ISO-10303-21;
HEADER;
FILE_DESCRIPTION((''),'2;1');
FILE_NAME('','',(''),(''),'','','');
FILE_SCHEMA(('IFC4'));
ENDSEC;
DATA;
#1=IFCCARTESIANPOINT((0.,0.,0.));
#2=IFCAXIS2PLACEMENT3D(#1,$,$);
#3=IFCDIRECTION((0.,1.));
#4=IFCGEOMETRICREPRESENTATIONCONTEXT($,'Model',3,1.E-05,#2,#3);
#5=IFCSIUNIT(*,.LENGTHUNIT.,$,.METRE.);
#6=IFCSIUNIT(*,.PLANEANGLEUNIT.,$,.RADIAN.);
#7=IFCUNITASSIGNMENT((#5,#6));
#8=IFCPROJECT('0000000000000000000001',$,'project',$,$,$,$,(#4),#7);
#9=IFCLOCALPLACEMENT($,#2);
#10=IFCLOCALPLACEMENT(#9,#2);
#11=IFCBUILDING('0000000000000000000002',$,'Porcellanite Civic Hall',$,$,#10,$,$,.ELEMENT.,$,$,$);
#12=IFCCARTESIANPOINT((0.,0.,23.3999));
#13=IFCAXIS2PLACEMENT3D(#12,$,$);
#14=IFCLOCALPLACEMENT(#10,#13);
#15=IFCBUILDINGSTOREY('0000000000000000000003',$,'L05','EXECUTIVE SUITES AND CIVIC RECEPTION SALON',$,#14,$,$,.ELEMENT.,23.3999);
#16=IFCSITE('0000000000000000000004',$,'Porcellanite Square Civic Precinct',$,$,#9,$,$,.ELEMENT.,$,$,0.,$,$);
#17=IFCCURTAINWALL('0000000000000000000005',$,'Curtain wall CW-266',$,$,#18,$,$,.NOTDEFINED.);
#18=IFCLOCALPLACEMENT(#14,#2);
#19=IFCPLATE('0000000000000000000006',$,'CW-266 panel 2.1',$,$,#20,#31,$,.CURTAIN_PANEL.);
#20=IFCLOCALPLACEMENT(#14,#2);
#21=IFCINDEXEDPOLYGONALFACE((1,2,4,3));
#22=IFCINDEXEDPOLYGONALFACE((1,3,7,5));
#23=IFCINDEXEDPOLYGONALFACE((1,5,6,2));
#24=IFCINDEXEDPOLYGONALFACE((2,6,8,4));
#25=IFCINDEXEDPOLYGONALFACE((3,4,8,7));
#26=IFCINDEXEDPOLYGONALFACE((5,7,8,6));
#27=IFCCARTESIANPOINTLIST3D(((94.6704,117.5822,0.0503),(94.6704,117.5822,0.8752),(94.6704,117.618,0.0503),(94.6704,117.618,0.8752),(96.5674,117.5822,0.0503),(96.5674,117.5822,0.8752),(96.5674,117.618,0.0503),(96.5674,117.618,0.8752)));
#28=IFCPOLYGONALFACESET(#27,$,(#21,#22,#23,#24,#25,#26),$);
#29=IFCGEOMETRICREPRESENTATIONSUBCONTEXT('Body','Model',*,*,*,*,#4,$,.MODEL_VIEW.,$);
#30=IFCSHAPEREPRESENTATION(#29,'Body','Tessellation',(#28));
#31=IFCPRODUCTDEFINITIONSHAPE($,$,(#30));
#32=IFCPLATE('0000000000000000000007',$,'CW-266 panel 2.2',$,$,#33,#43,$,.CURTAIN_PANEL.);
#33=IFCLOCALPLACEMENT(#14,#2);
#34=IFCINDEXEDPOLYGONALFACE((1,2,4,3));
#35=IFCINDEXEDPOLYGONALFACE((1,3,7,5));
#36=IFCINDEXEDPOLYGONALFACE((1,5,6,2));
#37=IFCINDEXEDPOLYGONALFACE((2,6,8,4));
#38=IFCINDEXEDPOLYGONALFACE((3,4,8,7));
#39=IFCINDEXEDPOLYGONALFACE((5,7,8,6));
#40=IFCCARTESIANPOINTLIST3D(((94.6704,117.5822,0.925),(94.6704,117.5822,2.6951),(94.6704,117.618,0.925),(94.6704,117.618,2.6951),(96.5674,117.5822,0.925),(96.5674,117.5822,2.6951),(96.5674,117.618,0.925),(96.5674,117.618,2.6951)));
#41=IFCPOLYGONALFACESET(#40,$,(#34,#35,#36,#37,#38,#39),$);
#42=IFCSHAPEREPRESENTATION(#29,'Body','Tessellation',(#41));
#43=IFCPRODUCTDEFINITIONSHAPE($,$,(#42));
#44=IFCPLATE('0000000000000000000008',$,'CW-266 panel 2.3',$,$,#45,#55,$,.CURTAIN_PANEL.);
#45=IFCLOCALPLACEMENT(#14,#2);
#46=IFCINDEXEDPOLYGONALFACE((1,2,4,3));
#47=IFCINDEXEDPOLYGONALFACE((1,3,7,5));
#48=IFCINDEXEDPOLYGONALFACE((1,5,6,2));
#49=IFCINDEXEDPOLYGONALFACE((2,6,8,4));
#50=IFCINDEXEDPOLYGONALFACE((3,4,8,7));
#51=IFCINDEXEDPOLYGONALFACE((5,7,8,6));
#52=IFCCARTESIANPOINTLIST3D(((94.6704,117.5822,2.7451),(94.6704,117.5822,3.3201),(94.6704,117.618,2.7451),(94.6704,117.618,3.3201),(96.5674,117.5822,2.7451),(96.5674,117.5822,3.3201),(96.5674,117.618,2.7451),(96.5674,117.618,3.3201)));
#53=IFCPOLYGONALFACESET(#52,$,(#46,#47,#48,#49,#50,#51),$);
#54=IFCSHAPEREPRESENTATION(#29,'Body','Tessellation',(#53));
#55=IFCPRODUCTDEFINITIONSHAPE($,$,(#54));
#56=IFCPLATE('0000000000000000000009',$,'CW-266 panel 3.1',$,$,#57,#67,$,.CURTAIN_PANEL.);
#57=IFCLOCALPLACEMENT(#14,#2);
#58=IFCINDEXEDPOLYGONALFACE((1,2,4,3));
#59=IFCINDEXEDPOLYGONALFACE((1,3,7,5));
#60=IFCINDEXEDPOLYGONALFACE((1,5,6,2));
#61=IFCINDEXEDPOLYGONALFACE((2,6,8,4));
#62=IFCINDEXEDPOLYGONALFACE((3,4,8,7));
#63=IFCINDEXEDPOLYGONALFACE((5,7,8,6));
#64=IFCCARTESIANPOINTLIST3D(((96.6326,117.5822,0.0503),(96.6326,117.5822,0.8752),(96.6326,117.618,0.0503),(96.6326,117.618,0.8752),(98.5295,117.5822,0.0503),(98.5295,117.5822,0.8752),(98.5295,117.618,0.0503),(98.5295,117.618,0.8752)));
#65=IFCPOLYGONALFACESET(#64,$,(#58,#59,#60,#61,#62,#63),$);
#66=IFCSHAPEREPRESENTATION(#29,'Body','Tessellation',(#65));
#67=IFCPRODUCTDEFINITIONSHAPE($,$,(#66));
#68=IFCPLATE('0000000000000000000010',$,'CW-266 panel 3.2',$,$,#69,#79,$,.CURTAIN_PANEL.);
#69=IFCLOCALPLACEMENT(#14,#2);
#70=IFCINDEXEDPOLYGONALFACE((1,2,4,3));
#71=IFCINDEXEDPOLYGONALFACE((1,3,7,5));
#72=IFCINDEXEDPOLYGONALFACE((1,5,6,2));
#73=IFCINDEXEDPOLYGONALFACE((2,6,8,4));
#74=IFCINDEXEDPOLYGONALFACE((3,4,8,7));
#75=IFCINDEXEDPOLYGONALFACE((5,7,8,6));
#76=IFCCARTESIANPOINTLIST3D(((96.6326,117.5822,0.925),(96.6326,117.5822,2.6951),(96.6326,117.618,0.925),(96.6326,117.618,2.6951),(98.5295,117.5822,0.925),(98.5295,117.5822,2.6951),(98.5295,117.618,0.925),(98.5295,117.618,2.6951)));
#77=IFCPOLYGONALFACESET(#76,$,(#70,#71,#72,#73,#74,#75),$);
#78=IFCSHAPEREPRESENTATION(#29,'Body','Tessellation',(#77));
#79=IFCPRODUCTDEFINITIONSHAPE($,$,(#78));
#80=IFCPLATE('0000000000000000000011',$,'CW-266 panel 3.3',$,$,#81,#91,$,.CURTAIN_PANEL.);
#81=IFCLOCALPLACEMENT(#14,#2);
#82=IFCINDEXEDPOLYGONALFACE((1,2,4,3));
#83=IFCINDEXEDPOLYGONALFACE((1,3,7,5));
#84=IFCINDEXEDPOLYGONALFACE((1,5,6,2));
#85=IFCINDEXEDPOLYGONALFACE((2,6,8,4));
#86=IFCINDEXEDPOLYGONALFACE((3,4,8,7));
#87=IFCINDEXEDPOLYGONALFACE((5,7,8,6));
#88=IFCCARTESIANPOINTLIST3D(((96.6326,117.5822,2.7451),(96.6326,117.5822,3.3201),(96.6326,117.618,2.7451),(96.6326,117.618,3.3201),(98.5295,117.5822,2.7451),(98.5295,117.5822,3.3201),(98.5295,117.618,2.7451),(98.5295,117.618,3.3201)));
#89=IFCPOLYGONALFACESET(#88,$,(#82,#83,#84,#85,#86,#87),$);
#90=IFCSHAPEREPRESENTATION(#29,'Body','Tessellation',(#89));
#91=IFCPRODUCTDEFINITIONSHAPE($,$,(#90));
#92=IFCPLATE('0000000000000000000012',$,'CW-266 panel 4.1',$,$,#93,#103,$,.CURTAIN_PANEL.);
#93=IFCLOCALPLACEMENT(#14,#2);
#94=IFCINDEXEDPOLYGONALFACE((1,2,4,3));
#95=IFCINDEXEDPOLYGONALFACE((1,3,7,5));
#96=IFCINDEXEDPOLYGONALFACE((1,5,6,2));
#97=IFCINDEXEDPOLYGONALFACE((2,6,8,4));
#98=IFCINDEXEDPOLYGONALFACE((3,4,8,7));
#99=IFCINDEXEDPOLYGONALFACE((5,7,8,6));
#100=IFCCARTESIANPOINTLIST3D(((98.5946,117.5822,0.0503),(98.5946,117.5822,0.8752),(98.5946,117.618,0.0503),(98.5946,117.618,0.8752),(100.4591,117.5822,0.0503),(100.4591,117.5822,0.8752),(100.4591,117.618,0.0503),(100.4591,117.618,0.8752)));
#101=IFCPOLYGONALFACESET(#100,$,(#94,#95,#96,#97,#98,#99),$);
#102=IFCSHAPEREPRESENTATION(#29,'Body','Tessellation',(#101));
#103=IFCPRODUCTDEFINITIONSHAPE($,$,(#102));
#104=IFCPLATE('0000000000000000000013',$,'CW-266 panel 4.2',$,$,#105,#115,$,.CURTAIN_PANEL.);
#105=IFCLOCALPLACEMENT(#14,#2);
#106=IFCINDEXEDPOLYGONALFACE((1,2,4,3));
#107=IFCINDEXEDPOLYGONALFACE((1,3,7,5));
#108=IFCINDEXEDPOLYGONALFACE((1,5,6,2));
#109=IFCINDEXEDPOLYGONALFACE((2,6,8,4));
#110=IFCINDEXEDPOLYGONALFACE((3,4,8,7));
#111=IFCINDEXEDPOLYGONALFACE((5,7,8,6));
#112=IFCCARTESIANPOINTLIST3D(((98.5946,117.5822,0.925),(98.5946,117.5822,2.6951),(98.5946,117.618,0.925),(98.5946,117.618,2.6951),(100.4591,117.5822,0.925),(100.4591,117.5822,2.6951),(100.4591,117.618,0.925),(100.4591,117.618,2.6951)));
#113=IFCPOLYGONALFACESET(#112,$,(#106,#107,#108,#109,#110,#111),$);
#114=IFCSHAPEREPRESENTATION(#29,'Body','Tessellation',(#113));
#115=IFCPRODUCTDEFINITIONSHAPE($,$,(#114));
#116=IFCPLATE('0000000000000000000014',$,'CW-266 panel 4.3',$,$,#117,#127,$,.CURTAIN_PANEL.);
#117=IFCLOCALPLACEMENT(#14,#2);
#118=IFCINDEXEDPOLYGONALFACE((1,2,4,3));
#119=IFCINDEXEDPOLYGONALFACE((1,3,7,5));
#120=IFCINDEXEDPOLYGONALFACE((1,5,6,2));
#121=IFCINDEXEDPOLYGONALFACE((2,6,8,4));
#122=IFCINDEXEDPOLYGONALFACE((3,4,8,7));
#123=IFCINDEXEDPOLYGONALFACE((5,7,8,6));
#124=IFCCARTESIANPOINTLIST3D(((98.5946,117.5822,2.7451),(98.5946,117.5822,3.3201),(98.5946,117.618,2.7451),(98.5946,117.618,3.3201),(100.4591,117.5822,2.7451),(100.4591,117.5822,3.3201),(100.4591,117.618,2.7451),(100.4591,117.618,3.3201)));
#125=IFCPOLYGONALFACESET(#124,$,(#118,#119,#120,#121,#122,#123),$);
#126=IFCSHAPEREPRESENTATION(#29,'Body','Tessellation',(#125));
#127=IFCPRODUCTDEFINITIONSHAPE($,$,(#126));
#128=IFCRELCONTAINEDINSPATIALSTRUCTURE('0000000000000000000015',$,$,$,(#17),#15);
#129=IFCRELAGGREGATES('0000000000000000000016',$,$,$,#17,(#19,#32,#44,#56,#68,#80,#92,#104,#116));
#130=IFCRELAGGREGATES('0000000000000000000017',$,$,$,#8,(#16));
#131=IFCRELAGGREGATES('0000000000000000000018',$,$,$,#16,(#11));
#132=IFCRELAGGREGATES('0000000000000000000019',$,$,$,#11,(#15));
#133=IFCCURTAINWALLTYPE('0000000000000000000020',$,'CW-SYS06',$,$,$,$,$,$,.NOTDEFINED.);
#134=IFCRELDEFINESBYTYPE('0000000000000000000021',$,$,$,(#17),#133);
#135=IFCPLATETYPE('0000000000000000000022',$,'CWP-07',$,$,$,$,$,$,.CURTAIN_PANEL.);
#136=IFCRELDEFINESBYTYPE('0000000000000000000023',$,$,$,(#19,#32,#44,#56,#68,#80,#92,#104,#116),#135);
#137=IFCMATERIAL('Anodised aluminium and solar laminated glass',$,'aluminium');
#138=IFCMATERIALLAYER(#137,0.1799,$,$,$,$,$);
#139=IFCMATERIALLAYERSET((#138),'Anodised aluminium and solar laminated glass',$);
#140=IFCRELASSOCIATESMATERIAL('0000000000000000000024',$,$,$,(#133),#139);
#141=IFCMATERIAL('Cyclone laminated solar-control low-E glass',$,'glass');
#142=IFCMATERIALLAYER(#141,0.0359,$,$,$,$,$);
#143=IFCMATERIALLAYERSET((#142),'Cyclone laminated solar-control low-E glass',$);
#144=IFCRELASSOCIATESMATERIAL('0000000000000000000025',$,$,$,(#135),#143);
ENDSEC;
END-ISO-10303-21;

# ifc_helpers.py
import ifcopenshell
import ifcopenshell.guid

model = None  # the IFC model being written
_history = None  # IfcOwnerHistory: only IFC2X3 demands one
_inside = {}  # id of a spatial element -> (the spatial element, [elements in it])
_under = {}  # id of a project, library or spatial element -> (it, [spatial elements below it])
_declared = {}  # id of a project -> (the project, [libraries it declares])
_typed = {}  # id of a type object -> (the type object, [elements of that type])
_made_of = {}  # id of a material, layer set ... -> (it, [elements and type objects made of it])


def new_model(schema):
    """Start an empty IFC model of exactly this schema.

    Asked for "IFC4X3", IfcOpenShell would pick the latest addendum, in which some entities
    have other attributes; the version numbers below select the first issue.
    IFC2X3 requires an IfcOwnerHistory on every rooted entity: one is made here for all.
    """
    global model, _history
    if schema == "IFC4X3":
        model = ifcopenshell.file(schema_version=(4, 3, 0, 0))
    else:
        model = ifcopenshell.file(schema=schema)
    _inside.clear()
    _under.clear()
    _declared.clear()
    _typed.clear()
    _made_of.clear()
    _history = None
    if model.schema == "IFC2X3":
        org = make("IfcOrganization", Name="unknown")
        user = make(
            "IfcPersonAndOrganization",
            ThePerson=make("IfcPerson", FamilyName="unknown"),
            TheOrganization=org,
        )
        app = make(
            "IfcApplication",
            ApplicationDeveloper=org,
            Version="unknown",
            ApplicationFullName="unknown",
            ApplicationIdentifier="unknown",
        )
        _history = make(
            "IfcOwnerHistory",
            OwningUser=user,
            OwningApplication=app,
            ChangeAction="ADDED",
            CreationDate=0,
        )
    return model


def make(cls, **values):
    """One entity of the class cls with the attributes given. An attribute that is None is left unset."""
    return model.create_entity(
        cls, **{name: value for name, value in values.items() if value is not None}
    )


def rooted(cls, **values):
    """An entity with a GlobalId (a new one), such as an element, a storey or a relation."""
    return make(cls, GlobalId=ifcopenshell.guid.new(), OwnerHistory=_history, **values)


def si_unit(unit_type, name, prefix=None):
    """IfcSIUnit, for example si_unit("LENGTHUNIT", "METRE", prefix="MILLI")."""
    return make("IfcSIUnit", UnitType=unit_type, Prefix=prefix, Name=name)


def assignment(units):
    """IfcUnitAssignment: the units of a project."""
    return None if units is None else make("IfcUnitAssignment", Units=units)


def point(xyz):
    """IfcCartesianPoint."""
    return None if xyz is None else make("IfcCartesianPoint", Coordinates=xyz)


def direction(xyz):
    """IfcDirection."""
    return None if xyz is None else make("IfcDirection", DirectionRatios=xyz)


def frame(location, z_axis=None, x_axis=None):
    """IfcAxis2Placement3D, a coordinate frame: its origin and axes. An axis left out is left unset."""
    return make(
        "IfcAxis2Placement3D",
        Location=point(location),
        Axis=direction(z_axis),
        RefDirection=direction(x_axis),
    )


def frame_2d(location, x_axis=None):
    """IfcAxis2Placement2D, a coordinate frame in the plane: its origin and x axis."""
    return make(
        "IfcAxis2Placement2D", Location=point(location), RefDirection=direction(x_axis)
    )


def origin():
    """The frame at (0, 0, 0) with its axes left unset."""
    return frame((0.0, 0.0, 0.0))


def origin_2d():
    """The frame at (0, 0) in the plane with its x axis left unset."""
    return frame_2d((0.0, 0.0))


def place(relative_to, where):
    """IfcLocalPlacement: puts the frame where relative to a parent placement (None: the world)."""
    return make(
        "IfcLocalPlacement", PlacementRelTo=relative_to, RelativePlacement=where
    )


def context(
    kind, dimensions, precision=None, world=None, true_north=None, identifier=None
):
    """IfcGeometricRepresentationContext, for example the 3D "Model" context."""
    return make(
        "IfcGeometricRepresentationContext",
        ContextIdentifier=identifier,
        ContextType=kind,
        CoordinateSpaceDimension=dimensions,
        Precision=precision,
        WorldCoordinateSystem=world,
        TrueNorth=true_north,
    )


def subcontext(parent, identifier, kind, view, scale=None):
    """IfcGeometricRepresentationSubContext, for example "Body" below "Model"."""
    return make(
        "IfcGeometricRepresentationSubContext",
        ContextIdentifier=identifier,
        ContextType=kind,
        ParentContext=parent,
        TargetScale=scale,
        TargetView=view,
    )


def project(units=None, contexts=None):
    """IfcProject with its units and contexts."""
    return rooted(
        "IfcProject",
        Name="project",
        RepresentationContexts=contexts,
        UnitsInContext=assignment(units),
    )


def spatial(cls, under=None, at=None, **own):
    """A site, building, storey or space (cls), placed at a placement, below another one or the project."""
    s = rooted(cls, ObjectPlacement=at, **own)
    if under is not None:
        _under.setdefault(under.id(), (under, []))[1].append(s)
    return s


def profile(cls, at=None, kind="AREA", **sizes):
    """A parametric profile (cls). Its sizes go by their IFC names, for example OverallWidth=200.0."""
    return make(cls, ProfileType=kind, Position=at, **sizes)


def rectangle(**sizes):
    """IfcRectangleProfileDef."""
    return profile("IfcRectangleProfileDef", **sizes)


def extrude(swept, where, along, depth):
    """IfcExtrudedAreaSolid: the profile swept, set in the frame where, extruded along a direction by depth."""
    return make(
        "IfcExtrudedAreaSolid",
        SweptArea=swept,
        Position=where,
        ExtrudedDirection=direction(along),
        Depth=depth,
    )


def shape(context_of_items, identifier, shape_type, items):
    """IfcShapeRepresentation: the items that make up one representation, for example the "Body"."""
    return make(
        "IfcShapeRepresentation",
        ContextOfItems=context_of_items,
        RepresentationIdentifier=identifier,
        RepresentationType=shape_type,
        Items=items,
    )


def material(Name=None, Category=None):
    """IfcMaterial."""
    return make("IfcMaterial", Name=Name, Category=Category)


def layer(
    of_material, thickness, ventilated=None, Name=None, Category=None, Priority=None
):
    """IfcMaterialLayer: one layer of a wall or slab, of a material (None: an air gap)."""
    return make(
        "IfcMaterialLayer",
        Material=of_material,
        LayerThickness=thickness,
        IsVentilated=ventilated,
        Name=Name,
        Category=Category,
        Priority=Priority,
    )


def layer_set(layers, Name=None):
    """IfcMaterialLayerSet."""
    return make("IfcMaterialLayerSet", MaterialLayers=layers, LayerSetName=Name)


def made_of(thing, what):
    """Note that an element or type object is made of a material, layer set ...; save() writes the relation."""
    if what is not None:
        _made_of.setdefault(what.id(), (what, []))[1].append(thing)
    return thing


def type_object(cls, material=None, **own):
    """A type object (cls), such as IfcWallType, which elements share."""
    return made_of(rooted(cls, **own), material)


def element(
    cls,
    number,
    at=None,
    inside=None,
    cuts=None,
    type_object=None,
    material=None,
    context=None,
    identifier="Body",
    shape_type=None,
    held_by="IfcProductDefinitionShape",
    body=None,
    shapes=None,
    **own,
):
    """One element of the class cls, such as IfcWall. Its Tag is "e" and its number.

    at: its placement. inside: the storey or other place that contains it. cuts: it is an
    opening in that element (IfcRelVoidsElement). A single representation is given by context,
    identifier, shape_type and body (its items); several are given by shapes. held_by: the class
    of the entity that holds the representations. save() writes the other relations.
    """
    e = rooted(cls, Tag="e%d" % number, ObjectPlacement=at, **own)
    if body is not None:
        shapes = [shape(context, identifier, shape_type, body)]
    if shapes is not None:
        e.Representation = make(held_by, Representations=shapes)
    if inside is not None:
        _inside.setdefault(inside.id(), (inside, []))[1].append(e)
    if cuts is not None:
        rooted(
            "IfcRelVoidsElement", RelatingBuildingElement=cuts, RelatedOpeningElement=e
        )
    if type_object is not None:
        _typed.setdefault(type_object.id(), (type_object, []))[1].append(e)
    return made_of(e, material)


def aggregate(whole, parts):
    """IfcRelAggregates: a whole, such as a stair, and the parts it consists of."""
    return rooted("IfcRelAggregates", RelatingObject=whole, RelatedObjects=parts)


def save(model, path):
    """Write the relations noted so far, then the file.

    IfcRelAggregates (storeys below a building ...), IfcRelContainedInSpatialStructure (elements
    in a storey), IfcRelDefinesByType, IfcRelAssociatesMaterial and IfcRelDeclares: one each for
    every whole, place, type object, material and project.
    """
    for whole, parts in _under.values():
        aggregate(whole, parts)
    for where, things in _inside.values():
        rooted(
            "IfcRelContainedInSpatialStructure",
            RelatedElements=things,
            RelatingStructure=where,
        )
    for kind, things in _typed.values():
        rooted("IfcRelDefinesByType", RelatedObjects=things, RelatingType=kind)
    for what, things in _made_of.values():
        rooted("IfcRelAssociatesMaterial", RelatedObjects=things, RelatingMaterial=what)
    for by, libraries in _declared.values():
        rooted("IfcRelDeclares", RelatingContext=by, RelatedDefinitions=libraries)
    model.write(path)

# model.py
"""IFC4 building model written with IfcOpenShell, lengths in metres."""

from ifc_helpers import new_model, si_unit, direction, frame, origin, origin_2d, place, context, subcontext, project, spatial, rectangle, extrude, material, layer, layer_set, type_object, element, aggregate, save


model = new_model("IFC4")

# Units and contexts
model_context = context("Model", 3, precision=1e-05, world=origin(), true_north=direction((0.0, 1.0)))
body_context = subcontext(model_context, "Body", "Model", "MODEL_VIEW")
ifc_project = project(units=[si_unit("LENGTHUNIT", "METRE"), si_unit("PLANEANGLEUNIT", "RADIAN")], contexts=[model_context])

# Site, building, storey
site_placement = place(None, origin())
site = spatial("IfcSite", under=ifc_project, at=site_placement, Name="Porcellanite Square Civic Precinct", CompositionType="ELEMENT", RefElevation=0.0)
building_placement = place(site_placement, origin())
building = spatial("IfcBuilding", under=site, at=building_placement, Name="Porcellanite Civic Hall", CompositionType="ELEMENT")
storey_placement = place(building_placement, frame((0.0, 0.0, 23.3999)))
storey = spatial("IfcBuildingStorey", under=building, at=storey_placement, Name="L05", Description="EXECUTIVE SUITES AND CIVIC RECEPTION SALON", CompositionType="ELEMENT", Elevation=23.3999)

# Curtain wall, plates
ifc_material_1 = material(Name="Anodised aluminium and solar laminated glass", Category="aluminium")
ifc_layer_1 = layer(ifc_material_1, 0.1799)
ifc_layer_set_1 = layer_set([ifc_layer_1], Name="Anodised aluminium and solar laminated glass")
curtain_wall_type = type_object("IfcCurtainWallType", Name="CW-SYS06", PredefinedType="NOTDEFINED", material=ifc_layer_set_1)
curtain_wall_placement = place(storey_placement, origin())
curtain_wall = element("IfcCurtainWall", 1, at=curtain_wall_placement, inside=storey, type_object=curtain_wall_type, Name="Curtain wall CW-266", PredefinedType="NOTDEFINED")
ifc_material_2 = material(Name="Cyclone laminated solar-control low-E glass", Category="glass")
ifc_layer_2 = layer(ifc_material_2, 0.0359)
ifc_layer_set_2 = layer_set([ifc_layer_2], Name="Cyclone laminated solar-control low-E glass")
plate_type = type_object("IfcPlateType", Name="CWP-07", PredefinedType="CURTAIN_PANEL", material=ifc_layer_set_2)
plate_1_placement = place(storey_placement, frame((95.6189, 117.6001, 0.0503), z_axis=(0.0, 0.0, 1.0), x_axis=(1.0, 0.0, 0.0)))
plate_1 = element("IfcPlate", 2, at=plate_1_placement, type_object=plate_type, Name="CW-266 panel 2.1", PredefinedType="CURTAIN_PANEL", context=body_context, shape_type="SweptSolid", body=[
    extrude(rectangle(XDim=1.897, YDim=0.0359, at=origin_2d()), origin(), (0.0, 0.0, 1.0), 0.825),
])
plate_2_placement = place(storey_placement, frame((95.6189, 117.6001, 0.925), z_axis=(0.0, 0.0, 1.0), x_axis=(1.0, 0.0, 0.0)))
plate_2 = element("IfcPlate", 3, at=plate_2_placement, type_object=plate_type, Name="CW-266 panel 2.2", PredefinedType="CURTAIN_PANEL", context=body_context, shape_type="SweptSolid", body=[
    extrude(rectangle(XDim=1.897, YDim=0.0359, at=origin_2d()), origin(), (0.0, 0.0, 1.0), 1.77),
])
plate_3_placement = place(storey_placement, frame((95.6189, 117.6001, 2.7451), z_axis=(0.0, 0.0, 1.0), x_axis=(1.0, 0.0, 0.0)))
plate_3 = element("IfcPlate", 4, at=plate_3_placement, type_object=plate_type, Name="CW-266 panel 2.3", PredefinedType="CURTAIN_PANEL", context=body_context, shape_type="SweptSolid", body=[
    extrude(rectangle(XDim=1.897, YDim=0.0359, at=origin_2d()), origin(), (0.0, 0.0, 1.0), 0.575),
])
plate_4_placement = place(storey_placement, frame((97.5811, 117.6001, 0.0503), z_axis=(0.0, 0.0, 1.0), x_axis=(1.0, 0.0, 0.0)))
plate_4 = element("IfcPlate", 5, at=plate_4_placement, type_object=plate_type, Name="CW-266 panel 3.1", PredefinedType="CURTAIN_PANEL", context=body_context, shape_type="SweptSolid", body=[
    extrude(rectangle(XDim=1.897, YDim=0.0359, at=origin_2d()), origin(), (0.0, 0.0, 1.0), 0.825),
])
plate_5_placement = place(storey_placement, frame((97.5811, 117.6001, 0.925), z_axis=(0.0, 0.0, 1.0), x_axis=(1.0, 0.0, 0.0)))
plate_5 = element("IfcPlate", 6, at=plate_5_placement, type_object=plate_type, Name="CW-266 panel 3.2", PredefinedType="CURTAIN_PANEL", context=body_context, shape_type="SweptSolid", body=[
    extrude(rectangle(XDim=1.897, YDim=0.0359, at=origin_2d()), origin(), (0.0, 0.0, 1.0), 1.77),
])
plate_6_placement = place(storey_placement, frame((97.5811, 117.6001, 2.7451), z_axis=(0.0, 0.0, 1.0), x_axis=(1.0, 0.0, 0.0)))
plate_6 = element("IfcPlate", 7, at=plate_6_placement, type_object=plate_type, Name="CW-266 panel 3.3", PredefinedType="CURTAIN_PANEL", context=body_context, shape_type="SweptSolid", body=[
    extrude(rectangle(XDim=1.897, YDim=0.0359, at=origin_2d()), origin(), (0.0, 0.0, 1.0), 0.575),
])
plate_7_placement = place(storey_placement, frame((99.5269, 117.6001, 0.0503), z_axis=(0.0, 0.0, 1.0), x_axis=(1.0, 0.0, 0.0)))
plate_7 = element("IfcPlate", 8, at=plate_7_placement, type_object=plate_type, Name="CW-266 panel 4.1", PredefinedType="CURTAIN_PANEL", context=body_context, shape_type="SweptSolid", body=[
    extrude(rectangle(XDim=1.8645, YDim=0.0359, at=origin_2d()), origin(), (0.0, 0.0, 1.0), 0.825),
])
plate_8_placement = place(storey_placement, frame((99.5269, 117.6001, 0.925), z_axis=(0.0, 0.0, 1.0), x_axis=(1.0, 0.0, 0.0)))
plate_8 = element("IfcPlate", 9, at=plate_8_placement, type_object=plate_type, Name="CW-266 panel 4.2", PredefinedType="CURTAIN_PANEL", context=body_context, shape_type="SweptSolid", body=[
    extrude(rectangle(XDim=1.8645, YDim=0.0359, at=origin_2d()), origin(), (0.0, 0.0, 1.0), 1.77),
])
plate_9_placement = place(storey_placement, frame((99.5269, 117.6001, 2.7451), z_axis=(0.0, 0.0, 1.0), x_axis=(1.0, 0.0, 0.0)))
plate_9 = element("IfcPlate", 10, at=plate_9_placement, type_object=plate_type, Name="CW-266 panel 4.3", PredefinedType="CURTAIN_PANEL", context=body_context, shape_type="SweptSolid", body=[
    extrude(rectangle(XDim=1.8645, YDim=0.0359, at=origin_2d()), origin(), (0.0, 0.0, 1.0), 0.575),
])
aggregate(curtain_wall, [plate_1, plate_2, plate_3, plate_4, plate_5, plate_6, plate_7, plate_8, plate_9])

save(model, "model.ifc")
